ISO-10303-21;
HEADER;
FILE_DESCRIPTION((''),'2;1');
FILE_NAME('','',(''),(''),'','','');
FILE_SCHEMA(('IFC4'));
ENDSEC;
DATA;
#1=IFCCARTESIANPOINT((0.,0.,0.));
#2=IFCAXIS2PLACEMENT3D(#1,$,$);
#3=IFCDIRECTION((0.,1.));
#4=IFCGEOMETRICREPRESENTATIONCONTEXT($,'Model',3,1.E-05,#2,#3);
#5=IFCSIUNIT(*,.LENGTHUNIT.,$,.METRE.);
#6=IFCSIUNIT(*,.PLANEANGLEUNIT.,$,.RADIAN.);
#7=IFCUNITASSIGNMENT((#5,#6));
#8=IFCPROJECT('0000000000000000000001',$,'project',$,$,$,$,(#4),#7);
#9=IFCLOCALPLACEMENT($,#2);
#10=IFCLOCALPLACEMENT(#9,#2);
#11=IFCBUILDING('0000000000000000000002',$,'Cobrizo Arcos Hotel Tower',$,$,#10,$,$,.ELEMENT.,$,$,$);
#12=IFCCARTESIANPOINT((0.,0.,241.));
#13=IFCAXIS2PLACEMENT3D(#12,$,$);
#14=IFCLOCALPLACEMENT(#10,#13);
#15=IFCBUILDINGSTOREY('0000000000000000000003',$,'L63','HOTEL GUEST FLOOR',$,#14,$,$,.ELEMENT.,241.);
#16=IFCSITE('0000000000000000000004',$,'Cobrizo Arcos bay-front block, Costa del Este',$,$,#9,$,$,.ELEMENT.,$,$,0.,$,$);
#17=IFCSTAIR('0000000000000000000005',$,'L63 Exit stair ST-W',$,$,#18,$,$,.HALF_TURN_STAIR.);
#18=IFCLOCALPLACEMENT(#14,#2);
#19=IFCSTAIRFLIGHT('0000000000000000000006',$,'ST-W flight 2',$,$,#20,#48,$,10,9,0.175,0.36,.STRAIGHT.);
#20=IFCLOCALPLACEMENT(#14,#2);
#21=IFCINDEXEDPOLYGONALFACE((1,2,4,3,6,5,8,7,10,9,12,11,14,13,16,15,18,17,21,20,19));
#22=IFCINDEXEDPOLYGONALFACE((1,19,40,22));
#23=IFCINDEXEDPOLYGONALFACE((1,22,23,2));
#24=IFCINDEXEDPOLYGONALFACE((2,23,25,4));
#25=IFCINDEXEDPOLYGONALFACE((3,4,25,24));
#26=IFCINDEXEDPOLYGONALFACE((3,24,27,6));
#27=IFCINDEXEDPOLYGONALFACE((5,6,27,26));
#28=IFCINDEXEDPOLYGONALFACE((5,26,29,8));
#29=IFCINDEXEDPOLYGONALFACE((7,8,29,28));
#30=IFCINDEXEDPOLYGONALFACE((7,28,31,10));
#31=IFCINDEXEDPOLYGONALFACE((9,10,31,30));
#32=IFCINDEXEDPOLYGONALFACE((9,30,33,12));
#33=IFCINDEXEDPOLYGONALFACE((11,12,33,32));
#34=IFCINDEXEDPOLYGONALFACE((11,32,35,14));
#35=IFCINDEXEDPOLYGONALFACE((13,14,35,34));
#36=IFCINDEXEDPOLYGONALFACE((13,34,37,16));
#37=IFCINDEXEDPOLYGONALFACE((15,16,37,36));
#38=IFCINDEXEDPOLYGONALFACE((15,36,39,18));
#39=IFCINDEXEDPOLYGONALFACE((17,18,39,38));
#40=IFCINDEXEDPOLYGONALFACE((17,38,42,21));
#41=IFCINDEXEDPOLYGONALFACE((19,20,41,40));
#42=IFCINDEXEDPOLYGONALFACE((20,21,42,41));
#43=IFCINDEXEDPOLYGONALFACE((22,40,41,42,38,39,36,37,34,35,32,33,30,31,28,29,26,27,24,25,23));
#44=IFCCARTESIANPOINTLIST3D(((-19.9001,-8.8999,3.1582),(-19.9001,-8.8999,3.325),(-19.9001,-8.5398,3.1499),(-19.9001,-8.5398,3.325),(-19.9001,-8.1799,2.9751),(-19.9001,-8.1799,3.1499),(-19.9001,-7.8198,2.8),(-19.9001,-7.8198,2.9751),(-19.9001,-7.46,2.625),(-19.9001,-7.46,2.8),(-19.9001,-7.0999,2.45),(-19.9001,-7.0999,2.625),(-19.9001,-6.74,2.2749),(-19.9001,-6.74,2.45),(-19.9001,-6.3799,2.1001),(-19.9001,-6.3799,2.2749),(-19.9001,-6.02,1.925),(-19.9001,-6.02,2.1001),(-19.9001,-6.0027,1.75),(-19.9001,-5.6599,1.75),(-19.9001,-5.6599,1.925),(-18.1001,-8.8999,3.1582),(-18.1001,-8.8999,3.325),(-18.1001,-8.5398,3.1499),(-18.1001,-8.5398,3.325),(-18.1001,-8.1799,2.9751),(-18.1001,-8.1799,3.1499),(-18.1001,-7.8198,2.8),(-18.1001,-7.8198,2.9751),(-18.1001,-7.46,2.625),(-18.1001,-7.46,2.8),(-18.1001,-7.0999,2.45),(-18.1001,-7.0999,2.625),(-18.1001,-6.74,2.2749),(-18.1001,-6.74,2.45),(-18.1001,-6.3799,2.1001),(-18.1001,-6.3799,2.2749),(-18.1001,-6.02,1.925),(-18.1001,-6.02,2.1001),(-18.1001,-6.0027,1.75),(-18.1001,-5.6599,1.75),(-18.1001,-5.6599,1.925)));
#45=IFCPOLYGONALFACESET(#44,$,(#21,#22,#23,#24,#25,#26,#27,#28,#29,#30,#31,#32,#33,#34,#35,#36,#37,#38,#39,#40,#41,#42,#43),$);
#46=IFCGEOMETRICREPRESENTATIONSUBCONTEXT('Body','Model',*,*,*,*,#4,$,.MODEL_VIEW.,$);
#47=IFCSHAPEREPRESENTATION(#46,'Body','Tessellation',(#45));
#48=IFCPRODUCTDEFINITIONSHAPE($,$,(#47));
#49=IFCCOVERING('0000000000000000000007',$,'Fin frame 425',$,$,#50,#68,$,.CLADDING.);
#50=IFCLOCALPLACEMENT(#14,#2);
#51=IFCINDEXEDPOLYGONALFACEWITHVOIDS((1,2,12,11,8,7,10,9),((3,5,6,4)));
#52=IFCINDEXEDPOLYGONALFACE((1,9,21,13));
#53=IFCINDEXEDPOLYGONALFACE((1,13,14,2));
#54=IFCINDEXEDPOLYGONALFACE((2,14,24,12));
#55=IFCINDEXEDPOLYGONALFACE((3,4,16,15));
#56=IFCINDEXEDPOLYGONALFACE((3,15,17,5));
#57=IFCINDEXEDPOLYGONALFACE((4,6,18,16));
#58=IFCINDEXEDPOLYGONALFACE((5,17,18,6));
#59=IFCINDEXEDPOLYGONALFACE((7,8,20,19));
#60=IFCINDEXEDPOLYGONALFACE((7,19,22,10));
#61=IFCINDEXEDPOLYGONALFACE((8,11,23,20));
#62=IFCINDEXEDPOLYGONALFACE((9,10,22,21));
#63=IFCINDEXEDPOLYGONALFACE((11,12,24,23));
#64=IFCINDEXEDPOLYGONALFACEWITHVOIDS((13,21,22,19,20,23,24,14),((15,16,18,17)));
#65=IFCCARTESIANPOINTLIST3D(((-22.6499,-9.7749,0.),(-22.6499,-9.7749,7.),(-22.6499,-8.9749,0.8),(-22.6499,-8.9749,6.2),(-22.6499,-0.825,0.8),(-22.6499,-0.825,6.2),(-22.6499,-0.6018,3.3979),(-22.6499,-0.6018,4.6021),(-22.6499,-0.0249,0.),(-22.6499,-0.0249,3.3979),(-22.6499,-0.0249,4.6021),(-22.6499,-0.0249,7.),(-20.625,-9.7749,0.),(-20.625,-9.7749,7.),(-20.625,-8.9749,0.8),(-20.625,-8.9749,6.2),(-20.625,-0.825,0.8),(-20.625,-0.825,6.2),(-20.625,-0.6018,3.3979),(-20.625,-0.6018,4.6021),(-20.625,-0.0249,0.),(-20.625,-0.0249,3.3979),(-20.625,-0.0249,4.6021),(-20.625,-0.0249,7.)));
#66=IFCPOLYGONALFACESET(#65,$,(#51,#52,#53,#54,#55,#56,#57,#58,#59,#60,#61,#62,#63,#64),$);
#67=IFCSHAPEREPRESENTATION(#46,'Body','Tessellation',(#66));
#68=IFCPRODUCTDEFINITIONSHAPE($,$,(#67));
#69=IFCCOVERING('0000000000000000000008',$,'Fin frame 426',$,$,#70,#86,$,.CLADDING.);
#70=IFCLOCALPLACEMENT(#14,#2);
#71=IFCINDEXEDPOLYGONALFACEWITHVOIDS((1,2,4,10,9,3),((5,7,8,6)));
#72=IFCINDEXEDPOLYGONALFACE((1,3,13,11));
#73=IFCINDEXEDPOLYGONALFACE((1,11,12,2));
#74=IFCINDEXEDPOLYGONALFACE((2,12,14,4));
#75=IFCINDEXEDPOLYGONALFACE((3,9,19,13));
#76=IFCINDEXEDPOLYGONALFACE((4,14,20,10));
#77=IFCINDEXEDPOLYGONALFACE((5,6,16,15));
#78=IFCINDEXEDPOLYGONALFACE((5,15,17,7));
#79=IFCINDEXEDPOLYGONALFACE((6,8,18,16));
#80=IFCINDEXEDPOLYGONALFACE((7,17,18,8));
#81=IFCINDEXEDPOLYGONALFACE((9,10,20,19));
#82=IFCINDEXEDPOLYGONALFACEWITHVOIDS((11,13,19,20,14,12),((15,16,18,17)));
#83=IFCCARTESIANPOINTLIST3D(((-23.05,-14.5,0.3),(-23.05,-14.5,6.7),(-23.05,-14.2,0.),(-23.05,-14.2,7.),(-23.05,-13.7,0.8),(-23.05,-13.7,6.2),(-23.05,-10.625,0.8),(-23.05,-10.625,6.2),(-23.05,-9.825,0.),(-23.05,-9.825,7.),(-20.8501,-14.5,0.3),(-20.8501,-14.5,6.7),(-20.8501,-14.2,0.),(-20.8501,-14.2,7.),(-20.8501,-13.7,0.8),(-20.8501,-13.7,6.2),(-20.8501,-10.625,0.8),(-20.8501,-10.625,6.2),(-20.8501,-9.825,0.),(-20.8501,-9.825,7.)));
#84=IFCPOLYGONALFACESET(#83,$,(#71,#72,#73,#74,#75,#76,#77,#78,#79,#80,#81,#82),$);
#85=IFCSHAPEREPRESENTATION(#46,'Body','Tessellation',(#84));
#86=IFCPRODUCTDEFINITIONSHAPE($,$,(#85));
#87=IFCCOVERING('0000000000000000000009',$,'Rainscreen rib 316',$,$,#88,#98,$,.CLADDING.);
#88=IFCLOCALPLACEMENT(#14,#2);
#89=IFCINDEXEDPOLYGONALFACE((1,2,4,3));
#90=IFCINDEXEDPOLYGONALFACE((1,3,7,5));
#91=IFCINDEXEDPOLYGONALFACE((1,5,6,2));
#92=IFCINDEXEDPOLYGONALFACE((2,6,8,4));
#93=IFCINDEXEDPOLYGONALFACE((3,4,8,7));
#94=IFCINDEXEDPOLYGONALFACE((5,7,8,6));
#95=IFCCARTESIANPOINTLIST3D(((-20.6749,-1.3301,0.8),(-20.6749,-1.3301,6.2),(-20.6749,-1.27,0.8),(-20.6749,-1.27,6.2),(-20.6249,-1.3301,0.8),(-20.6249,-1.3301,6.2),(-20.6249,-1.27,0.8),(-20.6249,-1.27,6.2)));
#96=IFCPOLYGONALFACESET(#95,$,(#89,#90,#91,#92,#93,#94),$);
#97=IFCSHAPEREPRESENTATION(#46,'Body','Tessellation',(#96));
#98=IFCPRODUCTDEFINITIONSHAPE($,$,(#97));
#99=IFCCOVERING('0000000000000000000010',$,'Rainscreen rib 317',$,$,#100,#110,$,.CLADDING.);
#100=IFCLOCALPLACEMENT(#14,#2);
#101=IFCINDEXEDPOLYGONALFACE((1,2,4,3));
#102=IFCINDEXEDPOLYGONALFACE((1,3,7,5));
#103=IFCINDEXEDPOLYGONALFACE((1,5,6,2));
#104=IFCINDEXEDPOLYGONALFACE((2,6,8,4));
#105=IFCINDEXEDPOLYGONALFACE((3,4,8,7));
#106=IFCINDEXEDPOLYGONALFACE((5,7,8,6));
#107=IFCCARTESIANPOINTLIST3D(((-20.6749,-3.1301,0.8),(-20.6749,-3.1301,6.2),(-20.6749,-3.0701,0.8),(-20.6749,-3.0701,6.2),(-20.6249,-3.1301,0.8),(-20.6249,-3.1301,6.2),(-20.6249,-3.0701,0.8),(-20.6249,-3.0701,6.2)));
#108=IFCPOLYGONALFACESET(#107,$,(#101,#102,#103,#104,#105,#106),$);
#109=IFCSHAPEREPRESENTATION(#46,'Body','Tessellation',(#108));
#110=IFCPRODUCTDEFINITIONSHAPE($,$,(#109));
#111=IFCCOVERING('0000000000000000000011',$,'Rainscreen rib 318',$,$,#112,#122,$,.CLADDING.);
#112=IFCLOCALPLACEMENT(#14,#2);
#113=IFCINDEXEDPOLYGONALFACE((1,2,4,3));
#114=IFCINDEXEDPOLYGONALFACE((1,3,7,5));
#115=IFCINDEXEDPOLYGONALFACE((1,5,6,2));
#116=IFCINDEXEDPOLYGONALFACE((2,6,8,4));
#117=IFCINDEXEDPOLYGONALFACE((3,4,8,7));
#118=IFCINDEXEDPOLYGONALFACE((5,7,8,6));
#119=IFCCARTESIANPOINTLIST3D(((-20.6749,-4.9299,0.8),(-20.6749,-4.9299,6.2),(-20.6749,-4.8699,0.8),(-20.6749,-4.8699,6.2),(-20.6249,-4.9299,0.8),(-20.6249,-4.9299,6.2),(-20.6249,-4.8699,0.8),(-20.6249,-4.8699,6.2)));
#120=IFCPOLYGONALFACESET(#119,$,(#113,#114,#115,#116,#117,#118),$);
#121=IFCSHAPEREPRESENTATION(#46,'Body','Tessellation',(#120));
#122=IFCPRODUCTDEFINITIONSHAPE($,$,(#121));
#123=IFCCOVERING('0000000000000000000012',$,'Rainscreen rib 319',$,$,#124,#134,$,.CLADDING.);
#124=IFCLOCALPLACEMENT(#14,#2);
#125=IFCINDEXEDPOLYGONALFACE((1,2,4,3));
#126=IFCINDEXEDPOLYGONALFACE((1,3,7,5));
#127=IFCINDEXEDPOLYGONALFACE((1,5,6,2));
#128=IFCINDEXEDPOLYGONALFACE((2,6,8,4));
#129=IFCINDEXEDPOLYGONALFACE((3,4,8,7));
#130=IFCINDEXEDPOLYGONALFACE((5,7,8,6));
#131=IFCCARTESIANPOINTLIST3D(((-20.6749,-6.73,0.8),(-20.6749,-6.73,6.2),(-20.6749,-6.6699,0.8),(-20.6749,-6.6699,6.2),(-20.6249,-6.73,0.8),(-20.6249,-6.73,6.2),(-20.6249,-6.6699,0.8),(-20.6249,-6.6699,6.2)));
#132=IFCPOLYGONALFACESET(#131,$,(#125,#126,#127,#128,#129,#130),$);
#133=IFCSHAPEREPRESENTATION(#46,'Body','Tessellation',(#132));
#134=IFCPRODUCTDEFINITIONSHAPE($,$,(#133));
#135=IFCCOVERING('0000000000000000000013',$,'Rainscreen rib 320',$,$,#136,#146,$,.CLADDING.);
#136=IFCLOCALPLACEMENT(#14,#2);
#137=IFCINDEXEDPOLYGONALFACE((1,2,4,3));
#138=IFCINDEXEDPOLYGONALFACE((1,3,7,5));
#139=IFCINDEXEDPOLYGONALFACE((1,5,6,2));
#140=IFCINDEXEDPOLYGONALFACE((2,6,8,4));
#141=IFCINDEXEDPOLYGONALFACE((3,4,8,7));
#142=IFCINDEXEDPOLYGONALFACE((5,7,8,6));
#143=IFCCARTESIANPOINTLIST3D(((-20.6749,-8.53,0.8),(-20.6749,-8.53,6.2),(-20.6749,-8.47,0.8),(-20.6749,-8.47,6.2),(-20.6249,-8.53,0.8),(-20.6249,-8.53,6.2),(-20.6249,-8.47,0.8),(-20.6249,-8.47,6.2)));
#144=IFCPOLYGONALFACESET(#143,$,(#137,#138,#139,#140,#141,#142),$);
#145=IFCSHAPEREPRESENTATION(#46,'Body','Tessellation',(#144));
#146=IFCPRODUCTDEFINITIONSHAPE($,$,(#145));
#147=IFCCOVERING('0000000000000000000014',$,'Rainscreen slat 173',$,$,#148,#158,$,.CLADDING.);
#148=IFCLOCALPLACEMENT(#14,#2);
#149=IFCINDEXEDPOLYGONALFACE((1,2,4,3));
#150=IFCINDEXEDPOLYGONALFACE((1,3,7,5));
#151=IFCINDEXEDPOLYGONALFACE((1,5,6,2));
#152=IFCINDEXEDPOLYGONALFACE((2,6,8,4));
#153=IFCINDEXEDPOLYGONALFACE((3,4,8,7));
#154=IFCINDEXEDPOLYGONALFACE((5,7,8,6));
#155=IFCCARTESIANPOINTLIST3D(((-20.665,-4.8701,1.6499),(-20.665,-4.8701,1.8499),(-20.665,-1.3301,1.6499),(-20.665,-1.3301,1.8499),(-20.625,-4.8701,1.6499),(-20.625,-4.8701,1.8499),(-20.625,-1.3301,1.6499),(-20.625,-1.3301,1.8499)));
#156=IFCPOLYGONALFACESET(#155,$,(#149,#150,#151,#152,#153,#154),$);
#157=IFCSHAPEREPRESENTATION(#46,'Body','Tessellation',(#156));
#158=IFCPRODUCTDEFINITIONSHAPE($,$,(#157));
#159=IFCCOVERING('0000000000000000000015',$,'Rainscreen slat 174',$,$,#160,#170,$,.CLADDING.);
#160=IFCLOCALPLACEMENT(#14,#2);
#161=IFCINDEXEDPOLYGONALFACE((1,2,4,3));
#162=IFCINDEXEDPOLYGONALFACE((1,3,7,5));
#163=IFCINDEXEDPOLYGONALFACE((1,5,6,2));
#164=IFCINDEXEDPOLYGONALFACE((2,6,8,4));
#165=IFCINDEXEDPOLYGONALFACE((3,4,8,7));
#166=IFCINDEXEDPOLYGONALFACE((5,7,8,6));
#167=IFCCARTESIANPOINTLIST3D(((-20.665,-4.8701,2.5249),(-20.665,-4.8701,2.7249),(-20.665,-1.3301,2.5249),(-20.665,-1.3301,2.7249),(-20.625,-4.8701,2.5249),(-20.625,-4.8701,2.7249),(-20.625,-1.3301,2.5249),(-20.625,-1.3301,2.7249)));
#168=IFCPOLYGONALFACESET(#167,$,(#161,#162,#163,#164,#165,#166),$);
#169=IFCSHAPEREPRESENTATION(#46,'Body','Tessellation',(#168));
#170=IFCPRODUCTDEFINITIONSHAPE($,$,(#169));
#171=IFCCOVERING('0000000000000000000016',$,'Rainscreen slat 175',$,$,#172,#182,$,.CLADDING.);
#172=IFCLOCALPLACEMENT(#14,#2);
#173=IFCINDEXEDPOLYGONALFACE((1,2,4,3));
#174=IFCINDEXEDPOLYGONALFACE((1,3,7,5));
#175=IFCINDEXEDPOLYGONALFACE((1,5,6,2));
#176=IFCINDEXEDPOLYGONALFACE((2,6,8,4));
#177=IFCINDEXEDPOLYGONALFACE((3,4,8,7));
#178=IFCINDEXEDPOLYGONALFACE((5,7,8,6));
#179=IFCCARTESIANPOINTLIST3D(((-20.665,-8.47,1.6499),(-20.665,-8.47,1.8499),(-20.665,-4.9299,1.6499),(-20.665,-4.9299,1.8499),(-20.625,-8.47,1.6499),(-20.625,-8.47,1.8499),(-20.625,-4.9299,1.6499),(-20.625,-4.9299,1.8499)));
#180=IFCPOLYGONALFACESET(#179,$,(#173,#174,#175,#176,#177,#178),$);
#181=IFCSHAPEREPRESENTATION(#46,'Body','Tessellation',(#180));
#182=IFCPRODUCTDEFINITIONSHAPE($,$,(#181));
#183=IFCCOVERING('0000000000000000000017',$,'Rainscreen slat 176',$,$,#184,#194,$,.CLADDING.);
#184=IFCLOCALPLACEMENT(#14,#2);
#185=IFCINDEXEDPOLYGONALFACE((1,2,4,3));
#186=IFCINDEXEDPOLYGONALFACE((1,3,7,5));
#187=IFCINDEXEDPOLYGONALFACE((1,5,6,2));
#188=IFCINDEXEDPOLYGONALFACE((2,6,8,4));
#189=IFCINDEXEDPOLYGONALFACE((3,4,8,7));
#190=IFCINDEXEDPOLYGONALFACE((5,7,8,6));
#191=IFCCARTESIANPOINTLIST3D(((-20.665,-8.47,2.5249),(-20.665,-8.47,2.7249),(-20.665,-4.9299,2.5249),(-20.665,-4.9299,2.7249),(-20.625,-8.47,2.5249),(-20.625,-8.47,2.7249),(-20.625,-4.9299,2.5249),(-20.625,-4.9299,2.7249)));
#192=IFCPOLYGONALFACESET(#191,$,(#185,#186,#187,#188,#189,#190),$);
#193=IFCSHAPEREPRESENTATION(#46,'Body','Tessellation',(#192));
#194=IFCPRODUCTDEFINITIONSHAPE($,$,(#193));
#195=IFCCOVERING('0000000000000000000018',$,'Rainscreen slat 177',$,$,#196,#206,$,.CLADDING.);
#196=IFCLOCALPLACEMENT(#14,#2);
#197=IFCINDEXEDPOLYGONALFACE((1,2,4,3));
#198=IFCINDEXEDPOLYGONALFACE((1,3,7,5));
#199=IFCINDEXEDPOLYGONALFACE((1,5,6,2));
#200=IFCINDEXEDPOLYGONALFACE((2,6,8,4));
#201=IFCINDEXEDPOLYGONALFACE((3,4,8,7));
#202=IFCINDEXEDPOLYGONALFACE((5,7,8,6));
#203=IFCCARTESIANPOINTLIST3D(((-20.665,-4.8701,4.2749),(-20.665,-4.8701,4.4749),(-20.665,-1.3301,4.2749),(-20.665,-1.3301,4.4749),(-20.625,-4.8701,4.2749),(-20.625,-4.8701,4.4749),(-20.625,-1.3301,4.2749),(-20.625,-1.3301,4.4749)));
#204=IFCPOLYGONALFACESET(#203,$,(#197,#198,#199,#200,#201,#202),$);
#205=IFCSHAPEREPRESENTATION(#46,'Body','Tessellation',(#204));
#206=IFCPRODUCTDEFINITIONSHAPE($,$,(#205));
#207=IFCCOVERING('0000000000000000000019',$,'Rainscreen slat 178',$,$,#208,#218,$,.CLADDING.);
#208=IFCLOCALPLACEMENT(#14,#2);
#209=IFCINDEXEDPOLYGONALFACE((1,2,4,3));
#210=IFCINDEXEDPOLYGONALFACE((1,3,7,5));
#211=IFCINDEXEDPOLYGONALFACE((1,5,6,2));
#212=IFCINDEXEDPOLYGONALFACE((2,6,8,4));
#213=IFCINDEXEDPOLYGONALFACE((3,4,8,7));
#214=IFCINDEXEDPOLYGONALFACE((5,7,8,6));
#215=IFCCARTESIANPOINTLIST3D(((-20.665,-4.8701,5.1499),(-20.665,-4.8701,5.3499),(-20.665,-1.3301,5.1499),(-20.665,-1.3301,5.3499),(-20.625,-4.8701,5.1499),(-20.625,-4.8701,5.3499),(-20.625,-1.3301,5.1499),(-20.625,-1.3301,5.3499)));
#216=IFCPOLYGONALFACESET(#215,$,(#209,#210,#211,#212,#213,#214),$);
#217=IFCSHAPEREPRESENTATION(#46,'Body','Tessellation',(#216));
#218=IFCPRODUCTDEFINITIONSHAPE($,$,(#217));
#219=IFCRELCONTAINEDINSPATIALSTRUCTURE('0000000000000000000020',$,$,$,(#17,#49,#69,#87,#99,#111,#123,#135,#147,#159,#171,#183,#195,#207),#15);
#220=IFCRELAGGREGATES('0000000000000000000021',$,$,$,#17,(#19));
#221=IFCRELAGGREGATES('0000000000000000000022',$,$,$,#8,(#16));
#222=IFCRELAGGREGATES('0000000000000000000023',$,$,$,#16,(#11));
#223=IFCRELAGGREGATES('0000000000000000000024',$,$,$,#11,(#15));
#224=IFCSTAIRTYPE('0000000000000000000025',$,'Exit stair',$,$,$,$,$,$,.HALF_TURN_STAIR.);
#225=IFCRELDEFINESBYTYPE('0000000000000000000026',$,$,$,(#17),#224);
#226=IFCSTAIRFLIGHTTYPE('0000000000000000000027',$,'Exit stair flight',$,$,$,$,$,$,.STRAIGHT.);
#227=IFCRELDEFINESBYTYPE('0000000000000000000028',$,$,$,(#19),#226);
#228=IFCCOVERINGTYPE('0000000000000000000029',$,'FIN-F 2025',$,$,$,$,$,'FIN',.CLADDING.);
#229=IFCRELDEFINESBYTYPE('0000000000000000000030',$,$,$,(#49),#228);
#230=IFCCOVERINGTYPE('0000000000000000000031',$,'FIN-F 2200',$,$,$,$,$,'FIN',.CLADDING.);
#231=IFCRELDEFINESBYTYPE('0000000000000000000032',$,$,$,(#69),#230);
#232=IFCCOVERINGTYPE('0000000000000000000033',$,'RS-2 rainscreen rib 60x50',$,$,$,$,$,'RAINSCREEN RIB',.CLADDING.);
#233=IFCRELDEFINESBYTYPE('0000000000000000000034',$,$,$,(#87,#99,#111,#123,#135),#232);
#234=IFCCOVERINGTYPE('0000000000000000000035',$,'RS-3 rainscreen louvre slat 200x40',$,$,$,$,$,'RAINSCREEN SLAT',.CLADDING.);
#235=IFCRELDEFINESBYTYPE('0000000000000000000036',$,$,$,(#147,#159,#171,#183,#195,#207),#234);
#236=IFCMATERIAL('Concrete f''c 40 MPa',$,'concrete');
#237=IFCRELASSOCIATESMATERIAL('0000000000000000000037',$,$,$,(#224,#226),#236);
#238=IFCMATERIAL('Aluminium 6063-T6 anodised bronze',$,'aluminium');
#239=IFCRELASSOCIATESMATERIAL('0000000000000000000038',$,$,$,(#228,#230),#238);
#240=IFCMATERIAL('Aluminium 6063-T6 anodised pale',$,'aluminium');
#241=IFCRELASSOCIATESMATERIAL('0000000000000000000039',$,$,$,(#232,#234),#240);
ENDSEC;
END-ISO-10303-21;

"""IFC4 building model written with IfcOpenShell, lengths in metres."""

from ifc_helpers import new_model, si_unit, direction, frame, origin, origin_2d, place, context, subcontext, project, spatial, polyline, rectangle, outline, extrude, material, type_object, element, aggregate, save


model = new_model("IFC4")

# Units and contexts
model_context = context("Model", 3, precision=1e-05, world=origin(), true_north=direction((0.0, 1.0)))
body_context = subcontext(model_context, "Body", "Model", "MODEL_VIEW")
ifc_project = project(units=[si_unit("LENGTHUNIT", "METRE"), si_unit("PLANEANGLEUNIT", "RADIAN")], contexts=[model_context])

# Site, building, storey
site_placement = place(None, origin())
site = spatial("IfcSite", under=ifc_project, at=site_placement, Name="Cobrizo Arcos bay-front block, Costa del Este", CompositionType="ELEMENT", RefElevation=0.0)
building_placement = place(site_placement, origin())
building = spatial("IfcBuilding", under=site, at=building_placement, Name="Cobrizo Arcos Hotel Tower", CompositionType="ELEMENT")
storey_placement = place(building_placement, frame((0.0, 0.0, 241.0)))
storey = spatial("IfcBuildingStorey", under=building, at=storey_placement, Name="L63", Description="HOTEL GUEST FLOOR", CompositionType="ELEMENT", Elevation=241.0)

# Shared definitions
ifc_material_1 = material(Name="Aluminium 6063-T6 anodised bronze", Category="aluminium")

# Shared definitions
ifc_material_2 = material(Name="Concrete f'c 40 MPa", Category="concrete")

# Stair, stair flight
stair_type = type_object("IfcStairType", Name="Exit stair", PredefinedType="HALF_TURN_STAIR", material=ifc_material_2)
stair_placement = place(storey_placement, origin())
stair = element("IfcStair", 1, at=stair_placement, inside=storey, type_object=stair_type, Name="L63 Exit stair ST-W", PredefinedType="HALF_TURN_STAIR")
stair_flight_type = type_object("IfcStairFlightType", Name="Exit stair flight", PredefinedType="STRAIGHT", material=ifc_material_2)
stair_flight_placement = place(storey_placement, frame((-19.0, -5.6599, 1.75), z_axis=(0.0, 0.0, 1.0), x_axis=(0.0, -1.0, 0.0)))
stair_flight = element("IfcStairFlight", 2, at=stair_flight_placement, type_object=stair_flight_type, Name="ST-W flight 2", NumberOfRisers=10, NumberOfTreads=9, PredefinedType="STRAIGHT", RiserHeight=0.175, TreadLength=0.36, context=body_context, shape_type="SweptSolid", body=[
    extrude(outline(polyline([(0.0, 0.0), (0.0, 0.175), (0.3601, 0.175), (0.3601, 0.3501), (0.72, 0.3501), (0.72, 0.5249), (1.0801, 0.5249), (1.0801, 0.7), (1.4399, 0.7), (1.4399, 0.875), (1.8, 0.875), (1.8, 1.05), (2.1599, 1.05), (2.1599, 1.2251), (2.52, 1.2251), (2.52, 1.3999), (2.8799, 1.3999), (2.8799, 1.575), (3.24, 1.575), (3.24, 1.75), (3.24, 1.4082), (0.3428, 0.0), (0.0, 0.0)])), frame((0.0, 0.8999, 0.0), z_axis=(0.0, -1.0, 0.0), x_axis=(1.0, 0.0, 0.0)), (0.0, 0.0, 1.0), 1.8),
])
aggregate(stair, [stair_flight])

# Coverings
covering_type_1 = type_object("IfcCoveringType", Name="FIN-F 2025", ElementType="FIN", PredefinedType="CLADDING", material=ifc_material_1)
covering_1_placement = place(storey_placement, frame((-20.625, -0.0249, 0.0), z_axis=(-1.0, 0.0, 0.0), x_axis=(0.0, -1.0, 0.0)))
element("IfcCovering", 3, at=covering_1_placement, inside=storey, type_object=covering_type_1, Name="Fin frame 425", PredefinedType="CLADDING", context=body_context, shape_type="SweptSolid", body=[
    extrude(outline(polyline([(0.0, 7.0), (0.0, 4.6021), (0.5769, 4.6021), (0.5769, 3.3979), (0.0, 3.3979), (0.0, 0.0), (9.75, 0.0), (9.75, 7.0), (0.0, 7.0)]), holes=[polyline([(8.95, 0.8), (0.8, 0.8), (0.8, 6.2), (8.95, 6.2), (8.95, 0.8)])]), origin(), (0.0, 0.0, 1.0), 2.0249),
])
covering_type_2 = type_object("IfcCoveringType", Name="FIN-F 2200", ElementType="FIN", PredefinedType="CLADDING", material=ifc_material_1)
covering_2_placement = place(storey_placement, frame((-20.8501, -9.825, 0.0), z_axis=(-1.0, 0.0, 0.0), x_axis=(0.0, -1.0, 0.0)))
element("IfcCovering", 4, at=covering_2_placement, inside=storey, type_object=covering_type_2, Name="Fin frame 426", PredefinedType="CLADDING", context=body_context, shape_type="SweptSolid", body=[
    extrude(outline(polyline([(0.0, 7.0), (0.0, 0.0), (4.375, 0.0), (4.675, 0.3), (4.675, 6.7), (4.375, 7.0), (0.0, 7.0)]), holes=[polyline([(3.875, 0.8), (0.8, 0.8), (0.8, 6.2), (3.875, 6.2), (3.875, 0.8)])]), origin(), (0.0, 0.0, 1.0), 2.2),
])
ifc_material_3 = material(Name="Aluminium 6063-T6 anodised pale", Category="aluminium")
covering_type_3 = type_object("IfcCoveringType", Name="RS-2 rainscreen rib 60x50", ElementType="RAINSCREEN RIB", PredefinedType="CLADDING", material=ifc_material_3)
for number, where, z_axis, x_axis, name in (
    (5, (-20.6499, -1.3, 0.8), (0.0, 0.0, 1.0), (0.0, -1.0, 0.0), "Rainscreen rib 316"),
    (6, (-20.6499, -3.1001, 0.8), (0.0, 0.0, 1.0), (0.0, -1.0, 0.0), "Rainscreen rib 317"),
    (7, (-20.6499, -4.8999, 0.8), (0.0, 0.0, 1.0), (0.0, -1.0, 0.0), "Rainscreen rib 318"),
    (8, (-20.6499, -6.7, 0.8), (0.0, 0.0, 1.0), (0.0, -1.0, 0.0), "Rainscreen rib 319"),
    (9, (-20.6499, -8.5, 0.8), (0.0, 0.0, 1.0), (0.0, -1.0, 0.0), "Rainscreen rib 320"),
):
    element("IfcCovering", number, at=place(storey_placement, frame(where, z_axis=z_axis, x_axis=x_axis)), inside=storey, type_object=covering_type_3, Name=name, PredefinedType="CLADDING", context=body_context, shape_type="SweptSolid", body=[
        extrude(rectangle(XDim=0.0601, YDim=0.05, at=origin_2d()), origin(), (0.0, 0.0, 1.0), 5.3999),
    ])
covering_type_4 = type_object("IfcCoveringType", Name="RS-3 rainscreen louvre slat 200x40", ElementType="RAINSCREEN SLAT", PredefinedType="CLADDING", material=ifc_material_3)
for number, where, z_axis, x_axis, name in (
    (10, (-20.645, -3.1001, 1.6499), (0.0, 0.0, 1.0), (0.0, -1.0, 0.0), "Rainscreen slat 173"),
    (11, (-20.645, -3.1001, 2.5249), (0.0, 0.0, 1.0), (0.0, -1.0, 0.0), "Rainscreen slat 174"),
    (12, (-20.645, -6.7, 1.6499), (0.0, 0.0, 1.0), (0.0, -1.0, 0.0), "Rainscreen slat 175"),
    (13, (-20.645, -6.7, 2.5249), (0.0, 0.0, 1.0), (0.0, -1.0, 0.0), "Rainscreen slat 176"),
    (14, (-20.645, -3.1001, 4.2749), (0.0, 0.0, 1.0), (0.0, -1.0, 0.0), "Rainscreen slat 177"),
    (15, (-20.645, -3.1001, 5.1499), (0.0, 0.0, 1.0), (0.0, -1.0, 0.0), "Rainscreen slat 178"),
):
    element("IfcCovering", number, at=place(storey_placement, frame(where, z_axis=z_axis, x_axis=x_axis)), inside=storey, type_object=covering_type_4, Name=name, PredefinedType="CLADDING", context=body_context, shape_type="SweptSolid", body=[
        extrude(rectangle(XDim=3.54, YDim=0.04, at=origin_2d()), origin(), (0.0, 0.0, 1.0), 0.2),
    ])

save(model, "model.ifc")
